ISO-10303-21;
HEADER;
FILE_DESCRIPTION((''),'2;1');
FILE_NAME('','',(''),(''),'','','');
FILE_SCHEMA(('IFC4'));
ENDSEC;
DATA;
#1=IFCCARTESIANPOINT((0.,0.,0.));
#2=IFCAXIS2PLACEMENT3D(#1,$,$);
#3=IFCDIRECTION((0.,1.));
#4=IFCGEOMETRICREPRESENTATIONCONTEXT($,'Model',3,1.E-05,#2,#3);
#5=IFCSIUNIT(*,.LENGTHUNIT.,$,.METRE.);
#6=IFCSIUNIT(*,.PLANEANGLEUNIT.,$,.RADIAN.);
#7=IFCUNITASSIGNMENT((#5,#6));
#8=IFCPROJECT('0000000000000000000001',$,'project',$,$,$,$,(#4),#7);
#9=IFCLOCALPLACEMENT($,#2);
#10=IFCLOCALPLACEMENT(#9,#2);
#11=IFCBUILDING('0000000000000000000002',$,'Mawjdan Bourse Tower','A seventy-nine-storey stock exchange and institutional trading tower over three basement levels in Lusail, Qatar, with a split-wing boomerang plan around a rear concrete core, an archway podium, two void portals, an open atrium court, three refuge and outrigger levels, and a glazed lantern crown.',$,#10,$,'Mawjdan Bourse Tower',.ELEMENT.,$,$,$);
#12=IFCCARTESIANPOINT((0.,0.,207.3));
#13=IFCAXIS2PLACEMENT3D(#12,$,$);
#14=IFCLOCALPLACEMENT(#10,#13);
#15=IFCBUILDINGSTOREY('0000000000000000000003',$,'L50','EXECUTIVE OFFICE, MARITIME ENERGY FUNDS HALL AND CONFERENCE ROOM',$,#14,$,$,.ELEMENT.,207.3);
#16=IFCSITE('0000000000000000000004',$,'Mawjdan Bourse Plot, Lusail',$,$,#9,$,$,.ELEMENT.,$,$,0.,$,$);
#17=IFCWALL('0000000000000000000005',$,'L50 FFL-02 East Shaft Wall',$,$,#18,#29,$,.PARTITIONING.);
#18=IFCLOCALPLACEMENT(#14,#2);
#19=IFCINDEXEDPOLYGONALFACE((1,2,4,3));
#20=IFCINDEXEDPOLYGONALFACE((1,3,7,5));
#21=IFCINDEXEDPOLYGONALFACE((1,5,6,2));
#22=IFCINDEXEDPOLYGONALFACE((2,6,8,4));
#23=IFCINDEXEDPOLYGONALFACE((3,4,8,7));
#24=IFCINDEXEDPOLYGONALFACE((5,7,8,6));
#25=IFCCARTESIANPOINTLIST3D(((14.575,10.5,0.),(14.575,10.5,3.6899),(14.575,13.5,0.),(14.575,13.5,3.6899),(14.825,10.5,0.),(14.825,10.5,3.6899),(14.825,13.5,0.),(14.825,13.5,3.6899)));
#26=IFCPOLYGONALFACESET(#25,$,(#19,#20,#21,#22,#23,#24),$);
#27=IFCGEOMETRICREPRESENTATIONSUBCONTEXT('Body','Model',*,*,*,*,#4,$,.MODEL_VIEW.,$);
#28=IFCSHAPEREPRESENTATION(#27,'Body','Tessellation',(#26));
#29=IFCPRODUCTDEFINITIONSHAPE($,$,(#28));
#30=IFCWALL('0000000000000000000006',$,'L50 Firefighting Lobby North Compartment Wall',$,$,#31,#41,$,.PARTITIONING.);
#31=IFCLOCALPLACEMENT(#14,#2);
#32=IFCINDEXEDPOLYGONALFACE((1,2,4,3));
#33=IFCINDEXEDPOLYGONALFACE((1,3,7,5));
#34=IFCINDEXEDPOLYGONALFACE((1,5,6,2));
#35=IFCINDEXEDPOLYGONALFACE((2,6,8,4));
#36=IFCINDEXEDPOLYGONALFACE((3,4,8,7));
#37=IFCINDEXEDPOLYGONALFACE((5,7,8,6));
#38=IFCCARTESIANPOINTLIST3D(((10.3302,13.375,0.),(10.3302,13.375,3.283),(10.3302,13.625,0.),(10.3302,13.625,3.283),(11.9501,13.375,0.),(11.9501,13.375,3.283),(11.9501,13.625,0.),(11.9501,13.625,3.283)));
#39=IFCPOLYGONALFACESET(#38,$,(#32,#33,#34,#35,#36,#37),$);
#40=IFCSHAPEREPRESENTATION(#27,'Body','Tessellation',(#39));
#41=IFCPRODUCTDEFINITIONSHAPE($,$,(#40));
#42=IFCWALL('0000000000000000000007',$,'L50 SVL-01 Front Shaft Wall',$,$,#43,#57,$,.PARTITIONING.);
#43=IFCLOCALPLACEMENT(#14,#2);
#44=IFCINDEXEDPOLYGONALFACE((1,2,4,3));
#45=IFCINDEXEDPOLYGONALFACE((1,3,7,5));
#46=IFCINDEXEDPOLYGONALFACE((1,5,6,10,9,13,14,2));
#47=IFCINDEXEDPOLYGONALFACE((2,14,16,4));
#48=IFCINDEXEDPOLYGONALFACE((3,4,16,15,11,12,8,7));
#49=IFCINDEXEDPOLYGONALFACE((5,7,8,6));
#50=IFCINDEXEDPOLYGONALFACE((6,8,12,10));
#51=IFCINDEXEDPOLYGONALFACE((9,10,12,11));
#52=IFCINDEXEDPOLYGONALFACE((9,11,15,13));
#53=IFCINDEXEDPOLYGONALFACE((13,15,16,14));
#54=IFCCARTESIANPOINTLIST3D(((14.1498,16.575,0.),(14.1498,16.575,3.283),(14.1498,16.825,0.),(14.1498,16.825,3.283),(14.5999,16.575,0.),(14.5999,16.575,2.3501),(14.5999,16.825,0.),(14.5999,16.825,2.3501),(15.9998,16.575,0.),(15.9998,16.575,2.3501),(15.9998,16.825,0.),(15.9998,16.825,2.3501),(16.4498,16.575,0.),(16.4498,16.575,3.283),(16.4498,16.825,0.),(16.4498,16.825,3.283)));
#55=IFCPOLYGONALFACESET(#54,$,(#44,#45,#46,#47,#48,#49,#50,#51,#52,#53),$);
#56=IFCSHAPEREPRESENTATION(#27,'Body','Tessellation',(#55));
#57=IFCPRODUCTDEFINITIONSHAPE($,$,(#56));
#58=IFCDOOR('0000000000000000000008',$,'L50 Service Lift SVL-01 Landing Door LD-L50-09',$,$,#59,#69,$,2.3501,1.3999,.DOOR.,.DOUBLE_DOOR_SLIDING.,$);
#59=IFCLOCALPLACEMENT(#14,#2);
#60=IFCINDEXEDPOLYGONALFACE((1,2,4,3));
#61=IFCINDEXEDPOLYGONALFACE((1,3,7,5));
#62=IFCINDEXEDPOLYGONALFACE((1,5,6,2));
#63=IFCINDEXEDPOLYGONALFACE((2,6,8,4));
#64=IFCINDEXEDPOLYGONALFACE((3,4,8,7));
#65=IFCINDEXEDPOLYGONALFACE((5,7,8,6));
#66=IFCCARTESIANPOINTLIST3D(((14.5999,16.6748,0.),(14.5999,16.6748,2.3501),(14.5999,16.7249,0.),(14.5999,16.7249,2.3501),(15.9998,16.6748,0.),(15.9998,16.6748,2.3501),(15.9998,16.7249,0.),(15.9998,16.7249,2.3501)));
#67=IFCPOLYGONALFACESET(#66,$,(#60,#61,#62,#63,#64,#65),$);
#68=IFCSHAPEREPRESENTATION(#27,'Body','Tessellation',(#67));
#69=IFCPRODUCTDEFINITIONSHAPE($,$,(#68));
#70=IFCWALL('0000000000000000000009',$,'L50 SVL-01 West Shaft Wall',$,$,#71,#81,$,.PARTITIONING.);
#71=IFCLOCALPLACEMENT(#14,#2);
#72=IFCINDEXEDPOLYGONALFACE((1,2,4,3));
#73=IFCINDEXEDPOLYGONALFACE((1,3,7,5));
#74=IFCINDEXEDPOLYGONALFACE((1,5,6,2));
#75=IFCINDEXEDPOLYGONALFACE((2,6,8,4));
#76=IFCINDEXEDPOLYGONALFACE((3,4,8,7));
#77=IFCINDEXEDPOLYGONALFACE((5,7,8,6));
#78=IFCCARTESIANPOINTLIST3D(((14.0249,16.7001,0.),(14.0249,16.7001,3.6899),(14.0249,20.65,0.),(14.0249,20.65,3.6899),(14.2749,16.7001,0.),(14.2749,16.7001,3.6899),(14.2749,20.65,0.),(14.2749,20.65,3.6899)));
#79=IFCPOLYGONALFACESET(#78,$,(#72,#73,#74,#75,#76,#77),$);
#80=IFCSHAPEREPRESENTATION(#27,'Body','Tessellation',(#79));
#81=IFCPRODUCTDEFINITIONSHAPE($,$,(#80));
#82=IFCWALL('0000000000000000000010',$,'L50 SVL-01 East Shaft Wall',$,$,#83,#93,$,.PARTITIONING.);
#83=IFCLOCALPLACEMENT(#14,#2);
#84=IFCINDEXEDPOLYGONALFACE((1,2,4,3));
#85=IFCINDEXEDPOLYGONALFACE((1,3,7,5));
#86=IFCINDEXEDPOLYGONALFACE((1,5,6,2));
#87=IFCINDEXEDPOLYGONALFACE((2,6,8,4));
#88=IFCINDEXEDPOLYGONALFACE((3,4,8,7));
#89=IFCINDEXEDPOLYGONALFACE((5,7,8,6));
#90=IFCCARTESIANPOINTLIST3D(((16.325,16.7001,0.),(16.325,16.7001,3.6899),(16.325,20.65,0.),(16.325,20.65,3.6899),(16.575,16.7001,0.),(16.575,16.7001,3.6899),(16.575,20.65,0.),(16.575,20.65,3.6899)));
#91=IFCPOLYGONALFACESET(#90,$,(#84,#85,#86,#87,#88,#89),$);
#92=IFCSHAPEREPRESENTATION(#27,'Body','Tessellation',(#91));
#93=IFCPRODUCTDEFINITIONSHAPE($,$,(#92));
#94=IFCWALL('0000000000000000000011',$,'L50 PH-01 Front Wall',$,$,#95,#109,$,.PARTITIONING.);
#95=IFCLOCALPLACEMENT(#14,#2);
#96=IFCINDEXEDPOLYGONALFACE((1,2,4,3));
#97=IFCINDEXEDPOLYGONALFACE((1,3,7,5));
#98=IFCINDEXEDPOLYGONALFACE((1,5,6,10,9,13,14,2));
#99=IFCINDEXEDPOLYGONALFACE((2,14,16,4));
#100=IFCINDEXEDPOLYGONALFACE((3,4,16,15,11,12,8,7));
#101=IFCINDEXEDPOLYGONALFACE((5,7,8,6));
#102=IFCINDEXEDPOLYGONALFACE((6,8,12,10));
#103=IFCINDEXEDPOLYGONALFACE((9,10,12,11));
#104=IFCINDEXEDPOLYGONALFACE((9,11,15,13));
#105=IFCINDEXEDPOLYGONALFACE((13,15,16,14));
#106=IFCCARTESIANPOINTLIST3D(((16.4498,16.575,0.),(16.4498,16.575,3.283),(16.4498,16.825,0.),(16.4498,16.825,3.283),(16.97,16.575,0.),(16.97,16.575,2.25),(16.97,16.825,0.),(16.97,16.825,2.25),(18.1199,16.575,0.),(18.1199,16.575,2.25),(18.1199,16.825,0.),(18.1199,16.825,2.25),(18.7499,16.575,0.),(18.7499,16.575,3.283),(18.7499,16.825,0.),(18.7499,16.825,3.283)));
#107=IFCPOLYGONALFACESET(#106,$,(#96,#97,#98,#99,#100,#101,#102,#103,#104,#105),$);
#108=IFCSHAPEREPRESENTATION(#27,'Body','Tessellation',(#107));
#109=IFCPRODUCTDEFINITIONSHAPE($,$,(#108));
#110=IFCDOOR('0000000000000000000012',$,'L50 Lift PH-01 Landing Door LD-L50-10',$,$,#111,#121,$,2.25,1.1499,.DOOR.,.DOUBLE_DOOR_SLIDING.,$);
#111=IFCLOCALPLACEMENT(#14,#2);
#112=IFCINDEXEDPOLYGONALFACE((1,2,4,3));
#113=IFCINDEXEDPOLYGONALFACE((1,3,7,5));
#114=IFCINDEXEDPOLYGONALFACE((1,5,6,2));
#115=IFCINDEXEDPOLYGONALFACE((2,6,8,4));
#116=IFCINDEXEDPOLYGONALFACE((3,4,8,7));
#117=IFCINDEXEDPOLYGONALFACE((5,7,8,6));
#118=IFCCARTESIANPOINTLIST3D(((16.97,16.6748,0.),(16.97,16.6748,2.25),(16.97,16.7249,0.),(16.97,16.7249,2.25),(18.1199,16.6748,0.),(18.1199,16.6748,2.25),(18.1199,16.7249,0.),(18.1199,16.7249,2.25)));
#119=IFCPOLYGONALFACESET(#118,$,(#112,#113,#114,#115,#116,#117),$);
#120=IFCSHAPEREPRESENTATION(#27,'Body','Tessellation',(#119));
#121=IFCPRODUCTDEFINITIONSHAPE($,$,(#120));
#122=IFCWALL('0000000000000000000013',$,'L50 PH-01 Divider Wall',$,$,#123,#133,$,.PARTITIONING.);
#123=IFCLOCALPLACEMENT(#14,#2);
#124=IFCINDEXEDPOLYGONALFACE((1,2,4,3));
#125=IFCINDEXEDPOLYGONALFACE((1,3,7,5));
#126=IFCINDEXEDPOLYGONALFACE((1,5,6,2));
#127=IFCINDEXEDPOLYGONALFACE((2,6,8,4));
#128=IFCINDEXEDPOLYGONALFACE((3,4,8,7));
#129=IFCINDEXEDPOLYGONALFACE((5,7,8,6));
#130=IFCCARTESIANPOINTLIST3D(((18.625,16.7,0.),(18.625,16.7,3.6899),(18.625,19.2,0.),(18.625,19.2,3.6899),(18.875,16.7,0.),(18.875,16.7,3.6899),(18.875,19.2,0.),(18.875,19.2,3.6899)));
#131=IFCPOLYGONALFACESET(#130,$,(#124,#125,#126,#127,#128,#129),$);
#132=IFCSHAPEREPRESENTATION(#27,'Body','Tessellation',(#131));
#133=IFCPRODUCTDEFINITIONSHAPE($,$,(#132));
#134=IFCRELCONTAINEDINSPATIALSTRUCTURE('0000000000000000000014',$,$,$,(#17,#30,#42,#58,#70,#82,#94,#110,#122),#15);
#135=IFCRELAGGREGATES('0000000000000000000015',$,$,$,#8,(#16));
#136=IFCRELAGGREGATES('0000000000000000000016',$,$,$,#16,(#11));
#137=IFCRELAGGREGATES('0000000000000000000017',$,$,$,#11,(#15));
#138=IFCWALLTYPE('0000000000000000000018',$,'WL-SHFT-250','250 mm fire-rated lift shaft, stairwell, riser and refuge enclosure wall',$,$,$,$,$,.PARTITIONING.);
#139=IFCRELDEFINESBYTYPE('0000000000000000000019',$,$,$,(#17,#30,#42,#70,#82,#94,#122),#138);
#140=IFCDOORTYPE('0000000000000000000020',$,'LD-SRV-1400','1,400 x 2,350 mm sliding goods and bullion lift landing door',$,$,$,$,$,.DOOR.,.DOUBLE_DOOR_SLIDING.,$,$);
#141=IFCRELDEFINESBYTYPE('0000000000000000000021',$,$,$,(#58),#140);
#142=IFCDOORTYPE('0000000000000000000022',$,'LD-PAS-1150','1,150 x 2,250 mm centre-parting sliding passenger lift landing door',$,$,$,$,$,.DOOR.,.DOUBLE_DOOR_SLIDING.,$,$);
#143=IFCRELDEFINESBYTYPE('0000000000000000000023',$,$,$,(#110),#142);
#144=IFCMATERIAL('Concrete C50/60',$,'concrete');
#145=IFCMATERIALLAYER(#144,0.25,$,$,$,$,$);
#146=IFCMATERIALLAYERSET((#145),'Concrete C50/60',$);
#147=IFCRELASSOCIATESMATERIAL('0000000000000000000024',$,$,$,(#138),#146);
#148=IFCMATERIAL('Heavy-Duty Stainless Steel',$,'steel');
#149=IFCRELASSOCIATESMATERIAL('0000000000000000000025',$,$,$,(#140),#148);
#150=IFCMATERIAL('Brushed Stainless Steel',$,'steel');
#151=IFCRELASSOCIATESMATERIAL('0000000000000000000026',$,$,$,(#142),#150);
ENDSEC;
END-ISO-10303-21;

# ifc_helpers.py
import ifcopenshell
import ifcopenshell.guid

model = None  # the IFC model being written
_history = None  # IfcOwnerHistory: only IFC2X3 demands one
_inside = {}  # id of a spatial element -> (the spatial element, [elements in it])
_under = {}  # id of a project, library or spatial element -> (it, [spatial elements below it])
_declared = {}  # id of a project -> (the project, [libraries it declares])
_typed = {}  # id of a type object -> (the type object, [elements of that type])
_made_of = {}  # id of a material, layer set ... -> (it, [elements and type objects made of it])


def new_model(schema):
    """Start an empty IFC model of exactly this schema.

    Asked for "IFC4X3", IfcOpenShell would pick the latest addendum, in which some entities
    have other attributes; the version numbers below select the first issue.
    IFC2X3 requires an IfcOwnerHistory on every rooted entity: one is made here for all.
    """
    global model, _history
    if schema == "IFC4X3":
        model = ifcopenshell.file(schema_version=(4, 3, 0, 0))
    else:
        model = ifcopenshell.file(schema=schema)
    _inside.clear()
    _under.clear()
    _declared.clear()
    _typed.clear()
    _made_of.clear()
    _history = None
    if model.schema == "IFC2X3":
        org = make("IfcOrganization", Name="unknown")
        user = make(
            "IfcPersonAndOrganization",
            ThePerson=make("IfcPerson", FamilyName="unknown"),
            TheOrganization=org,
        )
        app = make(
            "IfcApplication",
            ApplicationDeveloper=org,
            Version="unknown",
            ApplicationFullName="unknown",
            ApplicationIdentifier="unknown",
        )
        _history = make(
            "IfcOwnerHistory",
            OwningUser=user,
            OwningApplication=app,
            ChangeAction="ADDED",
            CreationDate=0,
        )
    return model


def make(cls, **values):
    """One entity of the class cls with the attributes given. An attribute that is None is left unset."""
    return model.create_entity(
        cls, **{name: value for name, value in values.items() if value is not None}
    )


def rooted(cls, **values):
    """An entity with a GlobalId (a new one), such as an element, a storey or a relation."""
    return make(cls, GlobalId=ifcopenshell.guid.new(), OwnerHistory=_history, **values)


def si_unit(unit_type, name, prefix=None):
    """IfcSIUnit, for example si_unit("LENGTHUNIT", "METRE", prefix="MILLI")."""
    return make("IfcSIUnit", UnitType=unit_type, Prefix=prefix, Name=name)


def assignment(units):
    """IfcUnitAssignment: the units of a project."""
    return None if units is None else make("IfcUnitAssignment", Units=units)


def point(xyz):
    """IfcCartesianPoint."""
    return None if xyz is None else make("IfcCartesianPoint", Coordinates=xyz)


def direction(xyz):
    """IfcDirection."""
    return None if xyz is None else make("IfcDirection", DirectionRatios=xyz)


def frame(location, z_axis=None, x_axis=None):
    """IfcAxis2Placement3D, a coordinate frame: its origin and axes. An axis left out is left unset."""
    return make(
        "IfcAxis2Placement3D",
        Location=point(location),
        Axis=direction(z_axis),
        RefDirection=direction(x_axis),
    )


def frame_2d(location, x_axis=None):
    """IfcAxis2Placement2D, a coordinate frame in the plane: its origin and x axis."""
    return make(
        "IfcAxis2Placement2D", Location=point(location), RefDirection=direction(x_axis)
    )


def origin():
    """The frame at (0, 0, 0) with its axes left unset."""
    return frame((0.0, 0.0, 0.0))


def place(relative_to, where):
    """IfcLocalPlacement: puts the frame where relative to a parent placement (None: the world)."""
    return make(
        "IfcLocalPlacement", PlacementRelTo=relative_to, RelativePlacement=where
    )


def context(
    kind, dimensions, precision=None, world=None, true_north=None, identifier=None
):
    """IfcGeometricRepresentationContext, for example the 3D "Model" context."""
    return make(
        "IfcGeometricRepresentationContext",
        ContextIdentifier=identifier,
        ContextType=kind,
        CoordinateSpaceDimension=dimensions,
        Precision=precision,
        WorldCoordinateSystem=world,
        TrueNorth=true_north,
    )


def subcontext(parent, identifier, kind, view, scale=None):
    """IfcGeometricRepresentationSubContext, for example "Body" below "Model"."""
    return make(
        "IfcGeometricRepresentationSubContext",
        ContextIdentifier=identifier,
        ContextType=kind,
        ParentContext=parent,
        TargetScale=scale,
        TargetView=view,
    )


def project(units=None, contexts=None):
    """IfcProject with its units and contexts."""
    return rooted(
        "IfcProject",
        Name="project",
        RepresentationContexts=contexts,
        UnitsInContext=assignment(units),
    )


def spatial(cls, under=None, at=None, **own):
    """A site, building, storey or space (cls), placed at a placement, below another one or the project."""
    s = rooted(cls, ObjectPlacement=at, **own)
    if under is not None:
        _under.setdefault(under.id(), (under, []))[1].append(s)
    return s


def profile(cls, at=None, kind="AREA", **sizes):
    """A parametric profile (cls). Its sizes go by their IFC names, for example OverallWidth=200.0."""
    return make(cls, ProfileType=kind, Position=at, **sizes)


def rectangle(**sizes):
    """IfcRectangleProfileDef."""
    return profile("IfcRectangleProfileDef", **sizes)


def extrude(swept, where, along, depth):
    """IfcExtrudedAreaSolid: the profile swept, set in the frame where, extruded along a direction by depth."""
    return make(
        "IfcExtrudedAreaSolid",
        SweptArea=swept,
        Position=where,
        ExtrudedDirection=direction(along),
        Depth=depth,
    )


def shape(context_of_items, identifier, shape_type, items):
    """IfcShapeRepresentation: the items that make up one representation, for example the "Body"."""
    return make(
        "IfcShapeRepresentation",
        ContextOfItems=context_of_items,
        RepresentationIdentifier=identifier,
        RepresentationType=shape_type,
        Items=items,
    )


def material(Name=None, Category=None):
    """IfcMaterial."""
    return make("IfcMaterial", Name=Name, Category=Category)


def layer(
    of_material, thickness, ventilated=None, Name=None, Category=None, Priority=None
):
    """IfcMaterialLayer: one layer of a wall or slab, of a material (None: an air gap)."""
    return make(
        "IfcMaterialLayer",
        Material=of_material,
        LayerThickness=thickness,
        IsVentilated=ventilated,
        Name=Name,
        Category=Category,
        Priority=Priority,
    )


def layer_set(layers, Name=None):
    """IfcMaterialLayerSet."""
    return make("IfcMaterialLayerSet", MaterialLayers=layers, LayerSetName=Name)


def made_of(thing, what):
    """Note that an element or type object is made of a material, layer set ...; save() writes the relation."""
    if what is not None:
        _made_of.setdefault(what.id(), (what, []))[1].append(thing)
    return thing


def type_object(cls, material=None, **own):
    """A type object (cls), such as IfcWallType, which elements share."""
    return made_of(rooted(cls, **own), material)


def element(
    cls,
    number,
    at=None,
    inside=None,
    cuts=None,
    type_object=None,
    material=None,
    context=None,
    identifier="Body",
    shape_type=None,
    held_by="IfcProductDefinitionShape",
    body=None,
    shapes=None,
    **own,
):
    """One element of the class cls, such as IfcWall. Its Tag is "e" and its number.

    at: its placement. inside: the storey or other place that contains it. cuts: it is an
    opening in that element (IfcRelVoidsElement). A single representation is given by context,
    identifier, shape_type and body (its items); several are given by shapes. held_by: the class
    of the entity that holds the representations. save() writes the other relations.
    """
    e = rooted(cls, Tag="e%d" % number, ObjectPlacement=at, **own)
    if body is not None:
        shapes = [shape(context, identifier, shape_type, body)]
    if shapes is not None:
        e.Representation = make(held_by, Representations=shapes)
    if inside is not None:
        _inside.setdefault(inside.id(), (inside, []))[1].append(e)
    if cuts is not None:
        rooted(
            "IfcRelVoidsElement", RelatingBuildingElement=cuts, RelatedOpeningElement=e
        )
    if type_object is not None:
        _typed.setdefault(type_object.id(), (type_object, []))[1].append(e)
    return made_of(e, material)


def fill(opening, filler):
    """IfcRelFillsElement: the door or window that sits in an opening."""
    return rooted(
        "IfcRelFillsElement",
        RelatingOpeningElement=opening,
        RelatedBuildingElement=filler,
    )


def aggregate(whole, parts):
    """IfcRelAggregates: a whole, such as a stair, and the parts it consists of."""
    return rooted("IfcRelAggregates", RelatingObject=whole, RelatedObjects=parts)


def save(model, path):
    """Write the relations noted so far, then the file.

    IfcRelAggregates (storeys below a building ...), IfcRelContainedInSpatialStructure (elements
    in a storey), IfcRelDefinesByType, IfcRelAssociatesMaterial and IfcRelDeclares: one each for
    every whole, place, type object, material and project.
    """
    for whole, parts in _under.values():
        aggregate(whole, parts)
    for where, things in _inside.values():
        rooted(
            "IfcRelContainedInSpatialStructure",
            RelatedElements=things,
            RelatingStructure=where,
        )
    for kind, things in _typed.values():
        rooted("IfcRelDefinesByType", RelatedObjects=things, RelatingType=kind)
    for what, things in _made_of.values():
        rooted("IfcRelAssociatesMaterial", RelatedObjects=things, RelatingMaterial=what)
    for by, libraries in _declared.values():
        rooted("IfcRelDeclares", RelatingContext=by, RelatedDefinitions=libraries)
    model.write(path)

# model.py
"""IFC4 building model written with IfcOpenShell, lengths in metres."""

from ifc_helpers import new_model, si_unit, direction, frame, frame_2d, origin, place, context, subcontext, project, spatial, rectangle, extrude, material, layer, layer_set, type_object, element, fill, save


model = new_model("IFC4")

# Units and contexts
model_context = context("Model", 3, precision=1e-05, world=origin(), true_north=direction((0.0, 1.0)))
body_context = subcontext(model_context, "Body", "Model", "MODEL_VIEW")
ifc_project = project(units=[si_unit("LENGTHUNIT", "METRE"), si_unit("PLANEANGLEUNIT", "RADIAN")], contexts=[model_context])

# Site, building, storey
site_placement = place(None, origin())
site = spatial("IfcSite", under=ifc_project, at=site_placement, Name="Mawjdan Bourse Plot, Lusail", CompositionType="ELEMENT", RefElevation=0.0)
building_placement = place(site_placement, origin())
building = spatial("IfcBuilding", under=site, at=building_placement, Name="Mawjdan Bourse Tower", Description="A seventy-nine-storey stock exchange and institutional trading tower over three basement levels in Lusail, Qatar, with a split-wing boomerang plan around a rear concrete core, an archway podium, two void portals, an open atrium court, three refuge and outrigger levels, and a glazed lantern crown.", LongName="Mawjdan Bourse Tower", CompositionType="ELEMENT")
storey_placement = place(building_placement, frame((0.0, 0.0, 207.3)))
storey = spatial("IfcBuildingStorey", under=building, at=storey_placement, Name="L50", Description="EXECUTIVE OFFICE, MARITIME ENERGY FUNDS HALL AND CONFERENCE ROOM", CompositionType="ELEMENT", Elevation=207.3)

# Walls
ifc_material_1 = material(Name="Concrete C50/60", Category="concrete")
ifc_layer_1 = layer(ifc_material_1, 0.25)
ifc_layer_set_1 = layer_set([ifc_layer_1], Name="Concrete C50/60")
wall_type_1 = type_object("IfcWallType", Name="WL-SHFT-250", Description="250 mm fire-rated lift shaft, stairwell, riser and refuge enclosure wall", PredefinedType="PARTITIONING", material=ifc_layer_set_1)
wall_1_placement = place(storey_placement, frame((14.7, 10.5, 0.0), z_axis=(0.0, 0.0, 1.0), x_axis=(0.0, 1.0, 0.0)))
element("IfcWall", 1, at=wall_1_placement, inside=storey, type_object=wall_type_1, Name="L50 FFL-02 East Shaft Wall", PredefinedType="PARTITIONING", context=body_context, shape_type="SweptSolid", body=[
    extrude(rectangle(XDim=3.0, YDim=0.25, at=frame_2d((1.5, 0.0))), origin(), (0.0, 0.0, 1.0), 3.6899),
])
wall_2_placement = place(storey_placement, frame((10.3301, 13.5, 0.0), z_axis=(0.0, 0.0, 1.0), x_axis=(1.0, 0.0, 0.0)))
element("IfcWall", 2, at=wall_2_placement, inside=storey, type_object=wall_type_1, Name="L50 Firefighting Lobby North Compartment Wall", PredefinedType="PARTITIONING", context=body_context, shape_type="SweptSolid", body=[
    extrude(rectangle(XDim=1.6199, YDim=0.25, at=frame_2d((0.8101, 0.0))), origin(), (0.0, 0.0, 1.0), 3.283),
])

# Wall, opening, door
wall_3_placement = place(storey_placement, frame((14.1499, 16.7, 0.0), z_axis=(0.0, 0.0, 1.0), x_axis=(1.0, 0.0, 0.0)))
wall_3 = element("IfcWall", 3, at=wall_3_placement, inside=storey, type_object=wall_type_1, Name="L50 SVL-01 Front Shaft Wall", PredefinedType="PARTITIONING", context=body_context, shape_type="SweptSolid", body=[
    extrude(rectangle(XDim=2.3, YDim=0.25, at=frame_2d((1.1499, 0.0))), origin(), (0.0, 0.0, 1.0), 3.283),
])
opening_1_placement = place(wall_3_placement, frame((0.45, 0.0, 0.0)))
opening_1 = element("IfcOpeningElement", 4, at=opening_1_placement, cuts=wall_3, PredefinedType="OPENING", context=body_context, shape_type="SweptSolid", body=[
    extrude(rectangle(XDim=1.3999, YDim=2.3501, at=frame_2d((0.7, 1.175))), frame((0.0, 0.135, 0.0), z_axis=(0.0, -1.0, 0.0), x_axis=(1.0, 0.0, 0.0)), (0.0, 0.0, 1.0), 0.27),
])
ifc_material_2 = material(Name="Heavy-Duty Stainless Steel", Category="steel")
door_type_1 = type_object("IfcDoorType", Name="LD-SRV-1400", Description="1,400 x 2,350 mm sliding goods and bullion lift landing door", OperationType="DOUBLE_DOOR_SLIDING", PredefinedType="DOOR", material=ifc_material_2)
door_1_placement = place(opening_1_placement, origin())
door_1 = element("IfcDoor", 5, at=door_1_placement, inside=storey, type_object=door_type_1, Name="L50 Service Lift SVL-01 Landing Door LD-L50-09", OperationType="DOUBLE_DOOR_SLIDING", OverallHeight=2.3501, OverallWidth=1.3999, PredefinedType="DOOR", context=body_context, shape_type="SweptSolid", body=[
    extrude(rectangle(XDim=1.3999, YDim=2.3501, at=frame_2d((0.7, 1.175))), frame((0.0, 0.0249, 0.0), z_axis=(0.0, -1.0, 0.0), x_axis=(1.0, 0.0, 0.0)), (0.0, 0.0, 1.0), 0.05),
])
fill(opening_1, door_1)

# Walls
for number, where, z_axis, x_axis, name in (
    (6, (14.1499, 16.7, 0.0), (0.0, 0.0, 1.0), (0.0, 1.0, 0.0), "L50 SVL-01 West Shaft Wall"),
    (7, (16.45, 16.7, 0.0), (0.0, 0.0, 1.0), (0.0, 1.0, 0.0), "L50 SVL-01 East Shaft Wall"),
):
    element("IfcWall", number, at=place(storey_placement, frame(where, z_axis=z_axis, x_axis=x_axis)), inside=storey, type_object=wall_type_1, Name=name, PredefinedType="PARTITIONING", context=body_context, shape_type="SweptSolid", body=[
        extrude(rectangle(XDim=3.95, YDim=0.25, at=frame_2d((1.9751, 0.0))), origin(), (0.0, 0.0, 1.0), 3.6899),
    ])

# Wall, opening, door
wall_4_placement = place(storey_placement, frame((16.45, 16.7, 0.0), z_axis=(0.0, 0.0, 1.0), x_axis=(1.0, 0.0, 0.0)))
wall_4 = element("IfcWall", 8, at=wall_4_placement, inside=storey, type_object=wall_type_1, Name="L50 PH-01 Front Wall", PredefinedType="PARTITIONING", context=body_context, shape_type="SweptSolid", body=[
    extrude(rectangle(XDim=2.3, YDim=0.25, at=frame_2d((1.1499, 0.0))), origin(), (0.0, 0.0, 1.0), 3.283),
])
opening_2_placement = place(wall_4_placement, frame((0.52, 0.0, 0.0)))
opening_2 = element("IfcOpeningElement", 9, at=opening_2_placement, cuts=wall_4, PredefinedType="OPENING", context=body_context, shape_type="SweptSolid", body=[
    extrude(rectangle(XDim=1.1499, YDim=2.25, at=frame_2d((0.575, 1.125))), frame((0.0, 0.135, 0.0), z_axis=(0.0, -1.0, 0.0), x_axis=(1.0, 0.0, 0.0)), (0.0, 0.0, 1.0), 0.27),
])
ifc_material_3 = material(Name="Brushed Stainless Steel", Category="steel")
door_type_2 = type_object("IfcDoorType", Name="LD-PAS-1150", Description="1,150 x 2,250 mm centre-parting sliding passenger lift landing door", OperationType="DOUBLE_DOOR_SLIDING", PredefinedType="DOOR", material=ifc_material_3)
door_2_placement = place(opening_2_placement, origin())
door_2 = element("IfcDoor", 10, at=door_2_placement, inside=storey, type_object=door_type_2, Name="L50 Lift PH-01 Landing Door LD-L50-10", OperationType="DOUBLE_DOOR_SLIDING", OverallHeight=2.25, OverallWidth=1.1499, PredefinedType="DOOR", context=body_context, shape_type="SweptSolid", body=[
    extrude(rectangle(XDim=1.1499, YDim=2.25, at=frame_2d((0.575, 1.125))), frame((0.0, 0.0249, 0.0), z_axis=(0.0, -1.0, 0.0), x_axis=(1.0, 0.0, 0.0)), (0.0, 0.0, 1.0), 0.05),
])
fill(opening_2, door_2)

# Wall
wall_5_placement = place(storey_placement, frame((18.75, 16.7, 0.0), z_axis=(0.0, 0.0, 1.0), x_axis=(0.0, 1.0, 0.0)))
element("IfcWall", 11, at=wall_5_placement, inside=storey, type_object=wall_type_1, Name="L50 PH-01 Divider Wall", PredefinedType="PARTITIONING", context=body_context, shape_type="SweptSolid", body=[
    extrude(rectangle(XDim=2.5, YDim=0.25, at=frame_2d((1.25, 0.0))), origin(), (0.0, 0.0, 1.0), 3.6899),
])

save(model, "model.ifc")
